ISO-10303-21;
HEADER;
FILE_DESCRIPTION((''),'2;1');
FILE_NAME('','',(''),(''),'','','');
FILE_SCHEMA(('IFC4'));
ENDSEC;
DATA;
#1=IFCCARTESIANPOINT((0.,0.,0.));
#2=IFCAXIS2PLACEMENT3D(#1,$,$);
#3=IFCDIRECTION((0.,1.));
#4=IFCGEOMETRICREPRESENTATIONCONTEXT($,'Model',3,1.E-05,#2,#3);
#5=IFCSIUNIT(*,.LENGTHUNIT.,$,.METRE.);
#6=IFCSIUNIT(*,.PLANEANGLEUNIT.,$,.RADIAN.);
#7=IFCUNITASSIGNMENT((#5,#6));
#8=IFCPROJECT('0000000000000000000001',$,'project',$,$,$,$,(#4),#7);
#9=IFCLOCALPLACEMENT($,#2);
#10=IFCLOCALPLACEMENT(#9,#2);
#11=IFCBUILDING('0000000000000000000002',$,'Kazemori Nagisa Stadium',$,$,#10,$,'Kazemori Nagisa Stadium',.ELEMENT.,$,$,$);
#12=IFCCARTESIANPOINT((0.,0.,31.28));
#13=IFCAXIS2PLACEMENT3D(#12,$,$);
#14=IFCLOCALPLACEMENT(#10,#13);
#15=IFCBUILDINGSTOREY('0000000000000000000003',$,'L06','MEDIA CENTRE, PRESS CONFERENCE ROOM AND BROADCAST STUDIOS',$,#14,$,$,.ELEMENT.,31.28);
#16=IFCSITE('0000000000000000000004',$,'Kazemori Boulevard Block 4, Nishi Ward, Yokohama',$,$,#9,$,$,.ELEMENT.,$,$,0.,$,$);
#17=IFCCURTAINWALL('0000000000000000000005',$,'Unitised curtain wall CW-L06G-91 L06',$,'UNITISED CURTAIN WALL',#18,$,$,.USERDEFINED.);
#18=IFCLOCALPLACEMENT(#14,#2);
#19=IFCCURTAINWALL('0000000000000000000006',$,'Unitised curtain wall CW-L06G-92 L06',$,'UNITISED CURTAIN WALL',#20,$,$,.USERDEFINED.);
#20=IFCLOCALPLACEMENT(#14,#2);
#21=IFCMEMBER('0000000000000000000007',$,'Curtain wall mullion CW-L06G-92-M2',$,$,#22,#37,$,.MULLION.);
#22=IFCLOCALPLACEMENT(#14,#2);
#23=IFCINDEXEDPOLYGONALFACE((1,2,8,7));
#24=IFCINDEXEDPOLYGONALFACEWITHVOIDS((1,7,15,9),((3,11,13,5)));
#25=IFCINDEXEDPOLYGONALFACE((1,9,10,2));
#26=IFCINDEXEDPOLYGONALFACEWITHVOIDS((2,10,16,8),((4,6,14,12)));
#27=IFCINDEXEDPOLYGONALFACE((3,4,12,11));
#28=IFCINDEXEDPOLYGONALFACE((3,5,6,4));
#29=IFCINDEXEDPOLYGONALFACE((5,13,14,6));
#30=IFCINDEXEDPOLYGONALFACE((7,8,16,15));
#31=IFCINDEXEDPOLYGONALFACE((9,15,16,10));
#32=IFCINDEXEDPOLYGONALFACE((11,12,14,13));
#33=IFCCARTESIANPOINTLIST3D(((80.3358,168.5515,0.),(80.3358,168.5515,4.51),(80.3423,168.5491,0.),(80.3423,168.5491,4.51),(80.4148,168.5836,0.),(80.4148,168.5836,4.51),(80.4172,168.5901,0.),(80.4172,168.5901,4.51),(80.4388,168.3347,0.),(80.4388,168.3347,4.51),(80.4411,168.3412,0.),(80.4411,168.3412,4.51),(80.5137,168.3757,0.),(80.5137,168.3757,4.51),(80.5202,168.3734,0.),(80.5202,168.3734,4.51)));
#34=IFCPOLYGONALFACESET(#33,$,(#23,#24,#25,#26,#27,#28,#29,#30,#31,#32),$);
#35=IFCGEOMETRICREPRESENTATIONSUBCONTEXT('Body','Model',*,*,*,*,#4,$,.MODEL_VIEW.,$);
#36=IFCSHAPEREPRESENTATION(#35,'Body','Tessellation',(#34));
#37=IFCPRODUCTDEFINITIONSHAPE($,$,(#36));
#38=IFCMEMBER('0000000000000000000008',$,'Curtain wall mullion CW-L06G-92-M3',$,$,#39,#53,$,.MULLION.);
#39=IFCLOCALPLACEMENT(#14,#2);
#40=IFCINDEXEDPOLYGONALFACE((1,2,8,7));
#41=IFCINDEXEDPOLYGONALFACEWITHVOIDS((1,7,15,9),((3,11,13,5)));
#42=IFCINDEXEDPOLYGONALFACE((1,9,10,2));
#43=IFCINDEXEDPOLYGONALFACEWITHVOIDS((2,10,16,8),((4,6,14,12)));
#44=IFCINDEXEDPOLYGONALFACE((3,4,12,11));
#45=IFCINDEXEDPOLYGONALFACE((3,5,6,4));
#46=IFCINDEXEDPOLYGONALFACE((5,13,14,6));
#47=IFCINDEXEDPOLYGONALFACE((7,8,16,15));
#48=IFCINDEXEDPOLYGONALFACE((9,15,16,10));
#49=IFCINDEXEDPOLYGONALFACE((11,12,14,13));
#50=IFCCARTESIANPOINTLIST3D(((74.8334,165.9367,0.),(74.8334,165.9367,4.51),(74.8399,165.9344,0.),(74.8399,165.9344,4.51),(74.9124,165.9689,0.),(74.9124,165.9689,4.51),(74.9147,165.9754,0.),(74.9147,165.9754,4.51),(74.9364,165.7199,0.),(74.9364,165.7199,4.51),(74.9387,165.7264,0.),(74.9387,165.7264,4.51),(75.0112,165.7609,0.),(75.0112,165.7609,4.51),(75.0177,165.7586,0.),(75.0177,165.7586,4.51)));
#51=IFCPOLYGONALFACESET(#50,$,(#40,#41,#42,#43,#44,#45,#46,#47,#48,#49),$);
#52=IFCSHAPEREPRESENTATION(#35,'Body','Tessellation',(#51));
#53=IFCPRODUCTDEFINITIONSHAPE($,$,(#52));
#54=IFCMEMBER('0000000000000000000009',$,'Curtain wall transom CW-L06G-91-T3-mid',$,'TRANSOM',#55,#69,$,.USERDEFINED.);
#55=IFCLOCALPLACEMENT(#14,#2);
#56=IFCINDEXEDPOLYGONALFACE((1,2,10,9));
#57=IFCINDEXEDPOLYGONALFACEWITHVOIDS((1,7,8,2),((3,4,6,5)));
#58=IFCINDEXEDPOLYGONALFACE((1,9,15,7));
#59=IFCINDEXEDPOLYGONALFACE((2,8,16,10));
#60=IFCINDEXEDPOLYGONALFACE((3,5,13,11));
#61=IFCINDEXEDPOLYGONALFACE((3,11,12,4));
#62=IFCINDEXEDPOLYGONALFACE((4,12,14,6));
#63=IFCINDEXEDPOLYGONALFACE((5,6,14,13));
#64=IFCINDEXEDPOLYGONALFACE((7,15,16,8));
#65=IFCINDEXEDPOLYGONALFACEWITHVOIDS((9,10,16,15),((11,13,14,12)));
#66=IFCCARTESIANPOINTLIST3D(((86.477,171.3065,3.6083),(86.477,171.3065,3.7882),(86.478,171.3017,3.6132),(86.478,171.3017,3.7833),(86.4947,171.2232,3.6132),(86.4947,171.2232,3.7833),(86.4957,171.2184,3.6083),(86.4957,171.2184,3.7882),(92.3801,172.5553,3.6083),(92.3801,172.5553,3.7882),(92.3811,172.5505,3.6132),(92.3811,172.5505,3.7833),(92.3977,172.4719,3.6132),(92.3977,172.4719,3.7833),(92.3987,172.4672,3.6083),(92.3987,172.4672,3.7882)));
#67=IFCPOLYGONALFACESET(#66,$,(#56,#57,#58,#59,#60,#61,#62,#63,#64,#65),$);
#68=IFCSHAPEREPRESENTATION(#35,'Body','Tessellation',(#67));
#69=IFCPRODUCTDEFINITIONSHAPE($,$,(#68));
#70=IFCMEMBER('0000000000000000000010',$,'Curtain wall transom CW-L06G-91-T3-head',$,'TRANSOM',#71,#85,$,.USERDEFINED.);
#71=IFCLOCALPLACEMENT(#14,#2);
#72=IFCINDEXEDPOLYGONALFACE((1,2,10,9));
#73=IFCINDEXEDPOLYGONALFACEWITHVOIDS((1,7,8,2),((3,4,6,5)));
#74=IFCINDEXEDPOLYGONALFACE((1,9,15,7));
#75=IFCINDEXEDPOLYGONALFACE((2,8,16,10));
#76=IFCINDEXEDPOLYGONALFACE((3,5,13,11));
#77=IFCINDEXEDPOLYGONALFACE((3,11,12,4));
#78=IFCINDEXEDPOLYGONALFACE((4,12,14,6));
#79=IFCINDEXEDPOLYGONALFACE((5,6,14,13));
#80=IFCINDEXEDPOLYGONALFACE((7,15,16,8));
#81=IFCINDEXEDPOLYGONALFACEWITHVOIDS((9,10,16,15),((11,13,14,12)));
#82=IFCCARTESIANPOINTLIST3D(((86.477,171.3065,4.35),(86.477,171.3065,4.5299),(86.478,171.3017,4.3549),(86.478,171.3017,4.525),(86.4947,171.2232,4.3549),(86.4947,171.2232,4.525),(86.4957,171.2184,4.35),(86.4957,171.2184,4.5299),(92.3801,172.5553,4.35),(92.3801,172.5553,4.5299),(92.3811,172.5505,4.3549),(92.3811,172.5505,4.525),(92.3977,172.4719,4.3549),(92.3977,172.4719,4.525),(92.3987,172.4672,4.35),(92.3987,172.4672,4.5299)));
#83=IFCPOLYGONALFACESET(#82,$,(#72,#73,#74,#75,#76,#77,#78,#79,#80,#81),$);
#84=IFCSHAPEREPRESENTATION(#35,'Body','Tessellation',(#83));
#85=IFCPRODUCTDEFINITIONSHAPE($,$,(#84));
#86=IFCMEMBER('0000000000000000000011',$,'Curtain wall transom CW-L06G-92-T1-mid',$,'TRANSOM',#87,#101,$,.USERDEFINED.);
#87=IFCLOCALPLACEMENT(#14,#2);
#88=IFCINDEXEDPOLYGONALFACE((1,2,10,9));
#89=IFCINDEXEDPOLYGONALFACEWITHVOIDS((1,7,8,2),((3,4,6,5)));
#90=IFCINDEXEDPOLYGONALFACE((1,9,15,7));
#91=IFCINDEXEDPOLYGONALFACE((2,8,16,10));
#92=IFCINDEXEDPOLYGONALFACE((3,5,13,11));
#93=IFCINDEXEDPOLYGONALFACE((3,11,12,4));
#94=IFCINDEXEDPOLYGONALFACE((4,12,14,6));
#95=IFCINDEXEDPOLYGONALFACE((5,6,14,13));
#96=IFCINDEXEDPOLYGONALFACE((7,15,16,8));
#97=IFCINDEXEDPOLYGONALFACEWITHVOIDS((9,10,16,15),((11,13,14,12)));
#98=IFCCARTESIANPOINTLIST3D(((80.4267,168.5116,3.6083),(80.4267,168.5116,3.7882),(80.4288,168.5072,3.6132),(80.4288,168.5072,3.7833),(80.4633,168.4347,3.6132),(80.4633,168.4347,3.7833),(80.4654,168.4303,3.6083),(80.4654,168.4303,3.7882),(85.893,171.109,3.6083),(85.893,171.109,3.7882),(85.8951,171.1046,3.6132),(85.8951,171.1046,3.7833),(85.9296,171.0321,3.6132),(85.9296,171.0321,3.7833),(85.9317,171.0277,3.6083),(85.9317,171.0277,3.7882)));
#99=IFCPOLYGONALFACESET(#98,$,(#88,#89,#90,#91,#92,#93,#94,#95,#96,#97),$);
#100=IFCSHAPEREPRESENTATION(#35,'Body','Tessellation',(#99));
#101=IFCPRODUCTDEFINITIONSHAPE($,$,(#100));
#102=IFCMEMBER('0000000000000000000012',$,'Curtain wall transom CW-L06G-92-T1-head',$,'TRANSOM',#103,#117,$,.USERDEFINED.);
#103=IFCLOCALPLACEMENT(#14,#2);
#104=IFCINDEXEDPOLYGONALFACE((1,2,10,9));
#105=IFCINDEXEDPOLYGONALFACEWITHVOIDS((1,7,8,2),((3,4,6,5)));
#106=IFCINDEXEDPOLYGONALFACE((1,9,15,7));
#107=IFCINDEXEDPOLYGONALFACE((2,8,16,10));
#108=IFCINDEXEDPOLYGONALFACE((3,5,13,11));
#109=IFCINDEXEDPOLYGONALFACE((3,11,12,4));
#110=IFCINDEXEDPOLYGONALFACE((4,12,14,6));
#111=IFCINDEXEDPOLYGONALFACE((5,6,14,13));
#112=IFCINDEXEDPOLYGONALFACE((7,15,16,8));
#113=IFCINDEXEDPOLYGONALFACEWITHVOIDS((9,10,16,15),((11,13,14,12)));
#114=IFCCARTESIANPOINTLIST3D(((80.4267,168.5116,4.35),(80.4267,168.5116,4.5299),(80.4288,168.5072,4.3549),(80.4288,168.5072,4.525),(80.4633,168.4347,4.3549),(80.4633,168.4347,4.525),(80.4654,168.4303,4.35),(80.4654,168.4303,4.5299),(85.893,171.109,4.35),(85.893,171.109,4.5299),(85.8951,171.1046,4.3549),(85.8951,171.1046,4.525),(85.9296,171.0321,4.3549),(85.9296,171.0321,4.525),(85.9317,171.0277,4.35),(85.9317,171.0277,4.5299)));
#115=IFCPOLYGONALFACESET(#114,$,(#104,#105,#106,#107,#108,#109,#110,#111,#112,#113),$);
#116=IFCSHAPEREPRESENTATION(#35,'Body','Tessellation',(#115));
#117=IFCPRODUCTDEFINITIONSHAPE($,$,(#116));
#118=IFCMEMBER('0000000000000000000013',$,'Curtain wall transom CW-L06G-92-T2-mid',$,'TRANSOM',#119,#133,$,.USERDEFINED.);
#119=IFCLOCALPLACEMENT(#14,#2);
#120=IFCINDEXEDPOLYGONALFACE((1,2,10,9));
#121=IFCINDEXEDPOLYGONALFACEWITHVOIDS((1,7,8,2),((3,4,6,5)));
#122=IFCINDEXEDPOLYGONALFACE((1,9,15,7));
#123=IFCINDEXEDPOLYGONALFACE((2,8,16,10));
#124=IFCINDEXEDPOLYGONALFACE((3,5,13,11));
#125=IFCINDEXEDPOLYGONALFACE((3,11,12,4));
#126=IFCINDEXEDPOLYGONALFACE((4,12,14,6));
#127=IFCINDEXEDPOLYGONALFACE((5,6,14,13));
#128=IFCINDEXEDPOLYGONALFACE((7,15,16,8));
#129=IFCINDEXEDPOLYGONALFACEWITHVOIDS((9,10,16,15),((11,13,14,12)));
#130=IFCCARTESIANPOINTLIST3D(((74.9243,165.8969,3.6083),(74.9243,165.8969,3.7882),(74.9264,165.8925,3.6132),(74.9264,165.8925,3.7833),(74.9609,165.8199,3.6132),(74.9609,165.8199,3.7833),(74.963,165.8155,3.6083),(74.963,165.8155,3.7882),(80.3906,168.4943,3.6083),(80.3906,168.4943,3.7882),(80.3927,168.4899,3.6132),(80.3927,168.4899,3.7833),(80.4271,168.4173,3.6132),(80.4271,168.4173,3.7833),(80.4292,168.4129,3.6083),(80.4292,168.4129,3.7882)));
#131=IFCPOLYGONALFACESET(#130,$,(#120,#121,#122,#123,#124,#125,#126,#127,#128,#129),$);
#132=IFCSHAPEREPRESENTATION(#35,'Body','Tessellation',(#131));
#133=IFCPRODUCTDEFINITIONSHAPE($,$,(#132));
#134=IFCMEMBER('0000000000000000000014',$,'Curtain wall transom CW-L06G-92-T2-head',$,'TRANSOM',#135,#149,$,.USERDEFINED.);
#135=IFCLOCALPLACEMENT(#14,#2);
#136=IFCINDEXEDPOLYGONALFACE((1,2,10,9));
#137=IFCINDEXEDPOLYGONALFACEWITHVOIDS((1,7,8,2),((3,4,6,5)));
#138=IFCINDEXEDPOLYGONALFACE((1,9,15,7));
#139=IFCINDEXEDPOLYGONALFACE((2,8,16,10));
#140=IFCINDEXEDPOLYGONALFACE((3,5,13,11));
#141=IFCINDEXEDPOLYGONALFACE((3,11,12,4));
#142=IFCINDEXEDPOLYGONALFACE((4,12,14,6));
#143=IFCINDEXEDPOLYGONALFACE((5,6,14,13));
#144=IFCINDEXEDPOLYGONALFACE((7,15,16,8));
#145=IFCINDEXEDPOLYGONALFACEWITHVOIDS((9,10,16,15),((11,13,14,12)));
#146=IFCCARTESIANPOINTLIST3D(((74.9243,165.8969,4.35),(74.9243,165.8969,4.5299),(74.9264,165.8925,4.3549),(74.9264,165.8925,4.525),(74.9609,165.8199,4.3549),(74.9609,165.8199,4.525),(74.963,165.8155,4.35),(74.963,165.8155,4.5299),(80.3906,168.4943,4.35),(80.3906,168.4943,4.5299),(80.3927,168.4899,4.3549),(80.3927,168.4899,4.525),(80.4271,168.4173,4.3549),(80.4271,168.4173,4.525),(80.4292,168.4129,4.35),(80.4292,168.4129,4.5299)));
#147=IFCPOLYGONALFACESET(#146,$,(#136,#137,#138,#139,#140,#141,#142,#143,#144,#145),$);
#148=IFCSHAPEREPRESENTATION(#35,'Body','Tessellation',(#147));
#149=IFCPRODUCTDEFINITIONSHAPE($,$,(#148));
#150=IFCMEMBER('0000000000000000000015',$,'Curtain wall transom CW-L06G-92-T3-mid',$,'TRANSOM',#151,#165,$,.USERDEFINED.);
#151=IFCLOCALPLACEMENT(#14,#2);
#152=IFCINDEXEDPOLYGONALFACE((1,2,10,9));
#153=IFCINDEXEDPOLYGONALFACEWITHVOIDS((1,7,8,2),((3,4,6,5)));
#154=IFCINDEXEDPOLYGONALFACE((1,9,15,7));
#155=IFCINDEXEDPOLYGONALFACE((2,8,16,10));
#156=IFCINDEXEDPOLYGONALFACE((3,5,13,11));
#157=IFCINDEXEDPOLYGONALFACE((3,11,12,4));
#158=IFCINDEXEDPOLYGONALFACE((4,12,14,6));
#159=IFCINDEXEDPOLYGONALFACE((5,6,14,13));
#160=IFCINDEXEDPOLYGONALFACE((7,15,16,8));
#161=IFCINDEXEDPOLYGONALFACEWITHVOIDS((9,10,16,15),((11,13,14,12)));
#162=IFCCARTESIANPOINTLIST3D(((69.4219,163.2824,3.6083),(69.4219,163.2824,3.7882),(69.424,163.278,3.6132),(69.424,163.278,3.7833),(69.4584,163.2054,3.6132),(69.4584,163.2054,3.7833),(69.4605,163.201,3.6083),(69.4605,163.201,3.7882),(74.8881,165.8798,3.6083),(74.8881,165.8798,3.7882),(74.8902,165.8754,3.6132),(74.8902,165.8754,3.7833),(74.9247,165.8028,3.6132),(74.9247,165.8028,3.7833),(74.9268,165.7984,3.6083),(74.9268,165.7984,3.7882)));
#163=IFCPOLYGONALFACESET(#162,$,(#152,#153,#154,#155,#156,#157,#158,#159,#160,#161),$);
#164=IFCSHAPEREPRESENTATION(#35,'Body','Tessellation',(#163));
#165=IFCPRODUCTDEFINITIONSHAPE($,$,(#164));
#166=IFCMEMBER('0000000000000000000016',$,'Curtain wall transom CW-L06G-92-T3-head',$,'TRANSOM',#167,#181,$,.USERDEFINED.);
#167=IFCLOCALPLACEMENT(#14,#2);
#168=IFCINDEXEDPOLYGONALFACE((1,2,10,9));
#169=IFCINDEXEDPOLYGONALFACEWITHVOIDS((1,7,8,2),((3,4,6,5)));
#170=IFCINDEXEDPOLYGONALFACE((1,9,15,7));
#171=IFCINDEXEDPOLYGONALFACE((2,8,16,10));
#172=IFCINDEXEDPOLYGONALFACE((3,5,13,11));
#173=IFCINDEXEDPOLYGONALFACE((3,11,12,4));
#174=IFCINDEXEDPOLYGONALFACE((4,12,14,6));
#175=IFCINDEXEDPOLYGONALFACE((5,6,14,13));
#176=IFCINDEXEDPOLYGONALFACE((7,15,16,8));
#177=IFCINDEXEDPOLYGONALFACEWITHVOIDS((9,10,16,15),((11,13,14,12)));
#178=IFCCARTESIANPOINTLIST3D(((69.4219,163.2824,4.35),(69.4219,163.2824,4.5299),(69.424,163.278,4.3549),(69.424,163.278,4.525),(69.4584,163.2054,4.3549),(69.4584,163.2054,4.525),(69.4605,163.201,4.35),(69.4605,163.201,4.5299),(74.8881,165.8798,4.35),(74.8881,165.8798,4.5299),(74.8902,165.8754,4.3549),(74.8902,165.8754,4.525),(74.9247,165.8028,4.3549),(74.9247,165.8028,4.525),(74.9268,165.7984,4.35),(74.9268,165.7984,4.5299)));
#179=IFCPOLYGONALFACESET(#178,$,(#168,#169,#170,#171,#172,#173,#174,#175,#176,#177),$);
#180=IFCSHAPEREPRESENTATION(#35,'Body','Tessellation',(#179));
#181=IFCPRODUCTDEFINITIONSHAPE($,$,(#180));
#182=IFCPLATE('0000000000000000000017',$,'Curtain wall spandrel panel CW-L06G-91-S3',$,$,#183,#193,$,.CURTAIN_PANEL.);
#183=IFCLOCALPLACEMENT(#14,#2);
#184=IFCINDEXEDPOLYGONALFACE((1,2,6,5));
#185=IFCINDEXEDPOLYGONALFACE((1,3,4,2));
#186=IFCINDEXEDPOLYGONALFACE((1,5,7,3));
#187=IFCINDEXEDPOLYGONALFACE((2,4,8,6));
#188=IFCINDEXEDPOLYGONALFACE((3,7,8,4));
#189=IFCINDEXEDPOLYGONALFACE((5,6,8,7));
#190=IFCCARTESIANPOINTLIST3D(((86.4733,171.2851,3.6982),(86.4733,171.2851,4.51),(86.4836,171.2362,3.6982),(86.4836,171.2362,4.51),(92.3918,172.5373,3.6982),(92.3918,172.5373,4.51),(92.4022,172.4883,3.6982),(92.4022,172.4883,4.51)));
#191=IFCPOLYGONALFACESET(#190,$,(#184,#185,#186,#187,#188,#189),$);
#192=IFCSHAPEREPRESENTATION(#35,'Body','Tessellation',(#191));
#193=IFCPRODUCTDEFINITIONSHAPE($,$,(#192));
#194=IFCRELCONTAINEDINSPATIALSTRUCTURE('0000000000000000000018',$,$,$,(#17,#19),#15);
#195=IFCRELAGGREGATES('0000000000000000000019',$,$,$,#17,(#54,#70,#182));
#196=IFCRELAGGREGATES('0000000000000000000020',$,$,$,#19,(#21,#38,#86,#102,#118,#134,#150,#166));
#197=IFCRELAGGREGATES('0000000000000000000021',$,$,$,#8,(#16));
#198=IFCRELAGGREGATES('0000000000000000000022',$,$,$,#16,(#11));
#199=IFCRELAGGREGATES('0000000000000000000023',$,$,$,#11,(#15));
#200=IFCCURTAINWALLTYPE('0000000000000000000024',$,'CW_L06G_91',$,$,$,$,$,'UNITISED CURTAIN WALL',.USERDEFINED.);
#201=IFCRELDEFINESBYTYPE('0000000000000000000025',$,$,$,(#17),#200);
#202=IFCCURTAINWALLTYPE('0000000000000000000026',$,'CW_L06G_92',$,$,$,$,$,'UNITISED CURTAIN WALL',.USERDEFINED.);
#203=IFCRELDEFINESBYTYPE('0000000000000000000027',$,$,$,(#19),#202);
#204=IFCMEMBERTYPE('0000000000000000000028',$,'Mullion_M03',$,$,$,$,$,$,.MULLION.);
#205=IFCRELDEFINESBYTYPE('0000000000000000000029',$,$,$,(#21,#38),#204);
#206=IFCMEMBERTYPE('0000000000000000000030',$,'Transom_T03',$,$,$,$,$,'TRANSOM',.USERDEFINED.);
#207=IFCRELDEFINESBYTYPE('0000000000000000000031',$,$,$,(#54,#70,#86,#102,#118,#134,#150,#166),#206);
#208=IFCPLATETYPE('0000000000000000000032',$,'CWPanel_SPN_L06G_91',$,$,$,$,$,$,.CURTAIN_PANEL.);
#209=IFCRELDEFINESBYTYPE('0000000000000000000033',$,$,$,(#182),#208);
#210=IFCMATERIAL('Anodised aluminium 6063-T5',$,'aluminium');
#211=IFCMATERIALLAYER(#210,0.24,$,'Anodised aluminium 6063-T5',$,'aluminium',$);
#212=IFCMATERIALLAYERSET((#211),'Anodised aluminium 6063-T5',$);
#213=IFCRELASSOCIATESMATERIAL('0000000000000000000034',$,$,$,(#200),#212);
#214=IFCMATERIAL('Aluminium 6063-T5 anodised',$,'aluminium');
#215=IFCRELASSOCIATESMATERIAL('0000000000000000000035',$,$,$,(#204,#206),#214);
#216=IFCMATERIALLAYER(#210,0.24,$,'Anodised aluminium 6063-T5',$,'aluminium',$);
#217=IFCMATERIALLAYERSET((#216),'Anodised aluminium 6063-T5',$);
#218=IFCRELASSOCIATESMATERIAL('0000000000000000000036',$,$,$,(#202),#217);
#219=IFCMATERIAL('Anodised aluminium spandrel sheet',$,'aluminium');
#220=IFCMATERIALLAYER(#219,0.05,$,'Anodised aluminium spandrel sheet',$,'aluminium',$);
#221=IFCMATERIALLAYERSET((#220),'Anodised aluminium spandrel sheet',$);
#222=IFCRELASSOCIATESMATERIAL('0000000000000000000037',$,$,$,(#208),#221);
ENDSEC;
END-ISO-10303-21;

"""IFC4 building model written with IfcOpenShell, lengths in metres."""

from ifc_helpers import new_model, si_unit, direction, frame, origin, origin_2d, place, context, subcontext, project, spatial, rectangle, hollow_rectangle, extrude, material, layer, layer_set, material_profile, profile_set, type_object, element, aggregate, save


model = new_model("IFC4")

# Units and contexts
model_context = context("Model", 3, precision=1e-05, world=origin(), true_north=direction((0.0, 1.0)))
body_context = subcontext(model_context, "Body", "Model", "MODEL_VIEW")
ifc_project = project(units=[si_unit("LENGTHUNIT", "METRE"), si_unit("PLANEANGLEUNIT", "RADIAN")], contexts=[model_context])

# Site, building, storey
site_placement = place(None, origin())
site = spatial("IfcSite", under=ifc_project, at=site_placement, Name="Kazemori Boulevard Block 4, Nishi Ward, Yokohama", CompositionType="ELEMENT", RefElevation=0.0)
building_placement = place(site_placement, origin())
building = spatial("IfcBuilding", under=site, at=building_placement, Name="Kazemori Nagisa Stadium", LongName="Kazemori Nagisa Stadium", CompositionType="ELEMENT")
storey_placement = place(building_placement, frame((0.0, 0.0, 31.28)))
storey = spatial("IfcBuildingStorey", under=building, at=storey_placement, Name="L06", Description="MEDIA CENTRE, PRESS CONFERENCE ROOM AND BROADCAST STUDIOS", CompositionType="ELEMENT", Elevation=31.28)

# Curtain wall
ifc_material_1 = material(Name="Anodised aluminium 6063-T5", Category="aluminium")
ifc_layer_1 = layer(ifc_material_1, 0.24, Name="Anodised aluminium 6063-T5", Category="aluminium")
ifc_layer_set_1 = layer_set([ifc_layer_1], Name="Anodised aluminium 6063-T5")
curtain_wall_type_1 = type_object("IfcCurtainWallType", Name="CW_L06G_91", ElementType="UNITISED CURTAIN WALL", PredefinedType="USERDEFINED", material=ifc_layer_set_1)
curtain_wall_1_placement = place(storey_placement, origin())
curtain_wall_1 = element("IfcCurtainWall", 1, at=curtain_wall_1_placement, inside=storey, type_object=curtain_wall_type_1, Name="Unitised curtain wall CW-L06G-91 L06", ObjectType="UNITISED CURTAIN WALL", PredefinedType="USERDEFINED")
ifc_material_2 = material(Name="Aluminium 6063-T5 anodised", Category="aluminium")
ifc_material_profile_1 = material_profile(ifc_material_2, hollow_rectangle(XDim=0.0901, YDim=0.24, WallThickness=0.0049, at=origin_2d()), Name="ALU-MULL-90x240x5")
ifc_profile_set_1 = profile_set([ifc_material_profile_1], Name="Aluminium 6063-T5 anodised")
member_type_1 = type_object("IfcMemberType", Name="Mullion_M03", PredefinedType="MULLION", material=ifc_profile_set_1)

# Curtain wall, members
ifc_layer_2 = layer(ifc_material_1, 0.24, Name="Anodised aluminium 6063-T5", Category="aluminium")
ifc_layer_set_2 = layer_set([ifc_layer_2], Name="Anodised aluminium 6063-T5")
curtain_wall_type_2 = type_object("IfcCurtainWallType", Name="CW_L06G_92", ElementType="UNITISED CURTAIN WALL", PredefinedType="USERDEFINED", material=ifc_layer_set_2)
curtain_wall_2_placement = place(storey_placement, origin())
curtain_wall_2 = element("IfcCurtainWall", 2, at=curtain_wall_2_placement, inside=storey, type_object=curtain_wall_type_2, Name="Unitised curtain wall CW-L06G-92 L06", ObjectType="UNITISED CURTAIN WALL", PredefinedType="USERDEFINED")
member_1_placement = place(storey_placement, frame((80.428, 168.4624, 0.0), z_axis=(0.0, 0.0, 1.0), x_axis=(-0.903216, -0.429186, 0.0)))
member_1 = element("IfcMember", 3, at=member_1_placement, type_object=member_type_1, Name="Curtain wall mullion CW-L06G-92-M2", PredefinedType="MULLION", context=body_context, shape_type="SweptSolid", body=[
    extrude(hollow_rectangle(XDim=0.0901, YDim=0.24, WallThickness=0.0049, at=origin_2d()), origin(), (0.0, 0.0, 1.0), 4.51),
])
member_2_placement = place(storey_placement, frame((74.9255, 165.8477, 0.0), z_axis=(0.0, 0.0, 1.0), x_axis=(-0.903216, -0.429186, 0.0)))
member_2 = element("IfcMember", 4, at=member_2_placement, type_object=member_type_1, Name="Curtain wall mullion CW-L06G-92-M3", PredefinedType="MULLION", context=body_context, shape_type="SweptSolid", body=[
    extrude(hollow_rectangle(XDim=0.0901, YDim=0.24, WallThickness=0.0049, at=origin_2d()), origin(), (0.0, 0.0, 1.0), 4.51),
])

# Members
ifc_material_profile_2 = material_profile(ifc_material_2, hollow_rectangle(XDim=0.0901, YDim=0.1799, WallThickness=0.0049, at=origin_2d()), Name="ALU-TRAN-90x180x5")
ifc_profile_set_2 = profile_set([ifc_material_profile_2], Name="Aluminium 6063-T5 anodised")
member_type_2 = type_object("IfcMemberType", Name="Transom_T03", ElementType="TRANSOM", PredefinedType="USERDEFINED", material=ifc_profile_set_2)
member_3_placement = place(storey_placement, frame((92.3894, 172.5112, 3.6982), z_axis=(-0.978348, -0.206967, 0.0), x_axis=(0.206967, -0.978348, 0.0)))
member_3 = element("IfcMember", 5, at=member_3_placement, type_object=member_type_2, Name="Curtain wall transom CW-L06G-91-T3-mid", ObjectType="TRANSOM", PredefinedType="USERDEFINED", context=body_context, shape_type="SweptSolid", body=[
    extrude(hollow_rectangle(XDim=0.0901, YDim=0.1799, WallThickness=0.0049, at=origin_2d()), origin(), (0.0, 0.0, 1.0), 6.0337),
])
member_4_placement = place(storey_placement, frame((92.3894, 172.5112, 4.4399), z_axis=(-0.978348, -0.206967, 0.0), x_axis=(0.206967, -0.978348, 0.0)))
member_4 = element("IfcMember", 6, at=member_4_placement, type_object=member_type_2, Name="Curtain wall transom CW-L06G-91-T3-head", ObjectType="TRANSOM", PredefinedType="USERDEFINED", context=body_context, shape_type="SweptSolid", body=[
    extrude(hollow_rectangle(XDim=0.0901, YDim=0.1799, WallThickness=0.0049, at=origin_2d()), origin(), (0.0, 0.0, 1.0), 6.0337),
])
member_5_placement = place(storey_placement, frame((85.9124, 171.0684, 3.6982), z_axis=(-0.903219, -0.42918, 0.0), x_axis=(0.42918, -0.903219, 0.0)))
member_5 = element("IfcMember", 7, at=member_5_placement, type_object=member_type_2, Name="Curtain wall transom CW-L06G-92-T1-mid", ObjectType="TRANSOM", PredefinedType="USERDEFINED", context=body_context, shape_type="SweptSolid", body=[
    extrude(hollow_rectangle(XDim=0.0901, YDim=0.1799, WallThickness=0.0049, at=origin_2d()), origin(), (0.0, 0.0, 1.0), 6.052),
])
member_6_placement = place(storey_placement, frame((85.9124, 171.0684, 4.4399), z_axis=(-0.903219, -0.42918, 0.0), x_axis=(0.42918, -0.903219, 0.0)))
member_6 = element("IfcMember", 8, at=member_6_placement, type_object=member_type_2, Name="Curtain wall transom CW-L06G-92-T1-head", ObjectType="TRANSOM", PredefinedType="USERDEFINED", context=body_context, shape_type="SweptSolid", body=[
    extrude(hollow_rectangle(XDim=0.0901, YDim=0.1799, WallThickness=0.0049, at=origin_2d()), origin(), (0.0, 0.0, 1.0), 6.052),
])
member_7_placement = place(storey_placement, frame((80.4099, 168.4536, 3.6982), z_axis=(-0.903219, -0.42918, 0.0), x_axis=(0.42918, -0.903219, 0.0)))
member_7 = element("IfcMember", 9, at=member_7_placement, type_object=member_type_2, Name="Curtain wall transom CW-L06G-92-T2-mid", ObjectType="TRANSOM", PredefinedType="USERDEFINED", context=body_context, shape_type="SweptSolid", body=[
    extrude(hollow_rectangle(XDim=0.0901, YDim=0.1799, WallThickness=0.0049, at=origin_2d()), origin(), (0.0, 0.0, 1.0), 6.052),
])
member_8_placement = place(storey_placement, frame((80.4099, 168.4536, 4.4399), z_axis=(-0.903219, -0.42918, 0.0), x_axis=(0.42918, -0.903219, 0.0)))
member_8 = element("IfcMember", 10, at=member_8_placement, type_object=member_type_2, Name="Curtain wall transom CW-L06G-92-T2-head", ObjectType="TRANSOM", PredefinedType="USERDEFINED", context=body_context, shape_type="SweptSolid", body=[
    extrude(hollow_rectangle(XDim=0.0901, YDim=0.1799, WallThickness=0.0049, at=origin_2d()), origin(), (0.0, 0.0, 1.0), 6.052),
])
member_9_placement = place(storey_placement, frame((74.9075, 165.8391, 3.6982), z_axis=(-0.903219, -0.42918, 0.0), x_axis=(0.42918, -0.903219, 0.0)))
member_9 = element("IfcMember", 11, at=member_9_placement, type_object=member_type_2, Name="Curtain wall transom CW-L06G-92-T3-mid", ObjectType="TRANSOM", PredefinedType="USERDEFINED", context=body_context, shape_type="SweptSolid", body=[
    extrude(hollow_rectangle(XDim=0.0901, YDim=0.1799, WallThickness=0.0049, at=origin_2d()), origin(), (0.0, 0.0, 1.0), 6.052),
])
member_10_placement = place(storey_placement, frame((74.9075, 165.8391, 4.4399), z_axis=(-0.903219, -0.42918, 0.0), x_axis=(0.42918, -0.903219, 0.0)))
member_10 = element("IfcMember", 12, at=member_10_placement, type_object=member_type_2, Name="Curtain wall transom CW-L06G-92-T3-head", ObjectType="TRANSOM", PredefinedType="USERDEFINED", context=body_context, shape_type="SweptSolid", body=[
    extrude(hollow_rectangle(XDim=0.0901, YDim=0.1799, WallThickness=0.0049, at=origin_2d()), origin(), (0.0, 0.0, 1.0), 6.052),
])

# Plate
ifc_material_3 = material(Name="Anodised aluminium spandrel sheet", Category="aluminium")
ifc_layer_3 = layer(ifc_material_3, 0.05, Name="Anodised aluminium spandrel sheet", Category="aluminium")
ifc_layer_set_3 = layer_set([ifc_layer_3], Name="Anodised aluminium spandrel sheet")
plate_type_1 = type_object("IfcPlateType", Name="CWPanel_SPN_L06G_91", PredefinedType="CURTAIN_PANEL", material=ifc_layer_set_3)
plate_1_placement = place(storey_placement, frame((89.4377, 171.8867, 3.6982), z_axis=(0.0, 0.0, 1.0), x_axis=(-0.978345, -0.206981, 0.0)))
plate_1 = element("IfcPlate", 13, at=plate_1_placement, type_object=plate_type_1, Name="Curtain wall spandrel panel CW-L06G-91-S3", PredefinedType="CURTAIN_PANEL", context=body_context, shape_type="SweptSolid", body=[
    extrude(rectangle(XDim=6.0496, YDim=0.05, at=origin_2d()), origin(), (0.0, 0.0, 1.0), 0.8118),
])
aggregate(curtain_wall_1, [member_3, member_4, plate_1])
aggregate(curtain_wall_2, [member_1, member_2, member_5, member_6, member_7, member_8, member_9, member_10])

save(model, "model.ifc")
